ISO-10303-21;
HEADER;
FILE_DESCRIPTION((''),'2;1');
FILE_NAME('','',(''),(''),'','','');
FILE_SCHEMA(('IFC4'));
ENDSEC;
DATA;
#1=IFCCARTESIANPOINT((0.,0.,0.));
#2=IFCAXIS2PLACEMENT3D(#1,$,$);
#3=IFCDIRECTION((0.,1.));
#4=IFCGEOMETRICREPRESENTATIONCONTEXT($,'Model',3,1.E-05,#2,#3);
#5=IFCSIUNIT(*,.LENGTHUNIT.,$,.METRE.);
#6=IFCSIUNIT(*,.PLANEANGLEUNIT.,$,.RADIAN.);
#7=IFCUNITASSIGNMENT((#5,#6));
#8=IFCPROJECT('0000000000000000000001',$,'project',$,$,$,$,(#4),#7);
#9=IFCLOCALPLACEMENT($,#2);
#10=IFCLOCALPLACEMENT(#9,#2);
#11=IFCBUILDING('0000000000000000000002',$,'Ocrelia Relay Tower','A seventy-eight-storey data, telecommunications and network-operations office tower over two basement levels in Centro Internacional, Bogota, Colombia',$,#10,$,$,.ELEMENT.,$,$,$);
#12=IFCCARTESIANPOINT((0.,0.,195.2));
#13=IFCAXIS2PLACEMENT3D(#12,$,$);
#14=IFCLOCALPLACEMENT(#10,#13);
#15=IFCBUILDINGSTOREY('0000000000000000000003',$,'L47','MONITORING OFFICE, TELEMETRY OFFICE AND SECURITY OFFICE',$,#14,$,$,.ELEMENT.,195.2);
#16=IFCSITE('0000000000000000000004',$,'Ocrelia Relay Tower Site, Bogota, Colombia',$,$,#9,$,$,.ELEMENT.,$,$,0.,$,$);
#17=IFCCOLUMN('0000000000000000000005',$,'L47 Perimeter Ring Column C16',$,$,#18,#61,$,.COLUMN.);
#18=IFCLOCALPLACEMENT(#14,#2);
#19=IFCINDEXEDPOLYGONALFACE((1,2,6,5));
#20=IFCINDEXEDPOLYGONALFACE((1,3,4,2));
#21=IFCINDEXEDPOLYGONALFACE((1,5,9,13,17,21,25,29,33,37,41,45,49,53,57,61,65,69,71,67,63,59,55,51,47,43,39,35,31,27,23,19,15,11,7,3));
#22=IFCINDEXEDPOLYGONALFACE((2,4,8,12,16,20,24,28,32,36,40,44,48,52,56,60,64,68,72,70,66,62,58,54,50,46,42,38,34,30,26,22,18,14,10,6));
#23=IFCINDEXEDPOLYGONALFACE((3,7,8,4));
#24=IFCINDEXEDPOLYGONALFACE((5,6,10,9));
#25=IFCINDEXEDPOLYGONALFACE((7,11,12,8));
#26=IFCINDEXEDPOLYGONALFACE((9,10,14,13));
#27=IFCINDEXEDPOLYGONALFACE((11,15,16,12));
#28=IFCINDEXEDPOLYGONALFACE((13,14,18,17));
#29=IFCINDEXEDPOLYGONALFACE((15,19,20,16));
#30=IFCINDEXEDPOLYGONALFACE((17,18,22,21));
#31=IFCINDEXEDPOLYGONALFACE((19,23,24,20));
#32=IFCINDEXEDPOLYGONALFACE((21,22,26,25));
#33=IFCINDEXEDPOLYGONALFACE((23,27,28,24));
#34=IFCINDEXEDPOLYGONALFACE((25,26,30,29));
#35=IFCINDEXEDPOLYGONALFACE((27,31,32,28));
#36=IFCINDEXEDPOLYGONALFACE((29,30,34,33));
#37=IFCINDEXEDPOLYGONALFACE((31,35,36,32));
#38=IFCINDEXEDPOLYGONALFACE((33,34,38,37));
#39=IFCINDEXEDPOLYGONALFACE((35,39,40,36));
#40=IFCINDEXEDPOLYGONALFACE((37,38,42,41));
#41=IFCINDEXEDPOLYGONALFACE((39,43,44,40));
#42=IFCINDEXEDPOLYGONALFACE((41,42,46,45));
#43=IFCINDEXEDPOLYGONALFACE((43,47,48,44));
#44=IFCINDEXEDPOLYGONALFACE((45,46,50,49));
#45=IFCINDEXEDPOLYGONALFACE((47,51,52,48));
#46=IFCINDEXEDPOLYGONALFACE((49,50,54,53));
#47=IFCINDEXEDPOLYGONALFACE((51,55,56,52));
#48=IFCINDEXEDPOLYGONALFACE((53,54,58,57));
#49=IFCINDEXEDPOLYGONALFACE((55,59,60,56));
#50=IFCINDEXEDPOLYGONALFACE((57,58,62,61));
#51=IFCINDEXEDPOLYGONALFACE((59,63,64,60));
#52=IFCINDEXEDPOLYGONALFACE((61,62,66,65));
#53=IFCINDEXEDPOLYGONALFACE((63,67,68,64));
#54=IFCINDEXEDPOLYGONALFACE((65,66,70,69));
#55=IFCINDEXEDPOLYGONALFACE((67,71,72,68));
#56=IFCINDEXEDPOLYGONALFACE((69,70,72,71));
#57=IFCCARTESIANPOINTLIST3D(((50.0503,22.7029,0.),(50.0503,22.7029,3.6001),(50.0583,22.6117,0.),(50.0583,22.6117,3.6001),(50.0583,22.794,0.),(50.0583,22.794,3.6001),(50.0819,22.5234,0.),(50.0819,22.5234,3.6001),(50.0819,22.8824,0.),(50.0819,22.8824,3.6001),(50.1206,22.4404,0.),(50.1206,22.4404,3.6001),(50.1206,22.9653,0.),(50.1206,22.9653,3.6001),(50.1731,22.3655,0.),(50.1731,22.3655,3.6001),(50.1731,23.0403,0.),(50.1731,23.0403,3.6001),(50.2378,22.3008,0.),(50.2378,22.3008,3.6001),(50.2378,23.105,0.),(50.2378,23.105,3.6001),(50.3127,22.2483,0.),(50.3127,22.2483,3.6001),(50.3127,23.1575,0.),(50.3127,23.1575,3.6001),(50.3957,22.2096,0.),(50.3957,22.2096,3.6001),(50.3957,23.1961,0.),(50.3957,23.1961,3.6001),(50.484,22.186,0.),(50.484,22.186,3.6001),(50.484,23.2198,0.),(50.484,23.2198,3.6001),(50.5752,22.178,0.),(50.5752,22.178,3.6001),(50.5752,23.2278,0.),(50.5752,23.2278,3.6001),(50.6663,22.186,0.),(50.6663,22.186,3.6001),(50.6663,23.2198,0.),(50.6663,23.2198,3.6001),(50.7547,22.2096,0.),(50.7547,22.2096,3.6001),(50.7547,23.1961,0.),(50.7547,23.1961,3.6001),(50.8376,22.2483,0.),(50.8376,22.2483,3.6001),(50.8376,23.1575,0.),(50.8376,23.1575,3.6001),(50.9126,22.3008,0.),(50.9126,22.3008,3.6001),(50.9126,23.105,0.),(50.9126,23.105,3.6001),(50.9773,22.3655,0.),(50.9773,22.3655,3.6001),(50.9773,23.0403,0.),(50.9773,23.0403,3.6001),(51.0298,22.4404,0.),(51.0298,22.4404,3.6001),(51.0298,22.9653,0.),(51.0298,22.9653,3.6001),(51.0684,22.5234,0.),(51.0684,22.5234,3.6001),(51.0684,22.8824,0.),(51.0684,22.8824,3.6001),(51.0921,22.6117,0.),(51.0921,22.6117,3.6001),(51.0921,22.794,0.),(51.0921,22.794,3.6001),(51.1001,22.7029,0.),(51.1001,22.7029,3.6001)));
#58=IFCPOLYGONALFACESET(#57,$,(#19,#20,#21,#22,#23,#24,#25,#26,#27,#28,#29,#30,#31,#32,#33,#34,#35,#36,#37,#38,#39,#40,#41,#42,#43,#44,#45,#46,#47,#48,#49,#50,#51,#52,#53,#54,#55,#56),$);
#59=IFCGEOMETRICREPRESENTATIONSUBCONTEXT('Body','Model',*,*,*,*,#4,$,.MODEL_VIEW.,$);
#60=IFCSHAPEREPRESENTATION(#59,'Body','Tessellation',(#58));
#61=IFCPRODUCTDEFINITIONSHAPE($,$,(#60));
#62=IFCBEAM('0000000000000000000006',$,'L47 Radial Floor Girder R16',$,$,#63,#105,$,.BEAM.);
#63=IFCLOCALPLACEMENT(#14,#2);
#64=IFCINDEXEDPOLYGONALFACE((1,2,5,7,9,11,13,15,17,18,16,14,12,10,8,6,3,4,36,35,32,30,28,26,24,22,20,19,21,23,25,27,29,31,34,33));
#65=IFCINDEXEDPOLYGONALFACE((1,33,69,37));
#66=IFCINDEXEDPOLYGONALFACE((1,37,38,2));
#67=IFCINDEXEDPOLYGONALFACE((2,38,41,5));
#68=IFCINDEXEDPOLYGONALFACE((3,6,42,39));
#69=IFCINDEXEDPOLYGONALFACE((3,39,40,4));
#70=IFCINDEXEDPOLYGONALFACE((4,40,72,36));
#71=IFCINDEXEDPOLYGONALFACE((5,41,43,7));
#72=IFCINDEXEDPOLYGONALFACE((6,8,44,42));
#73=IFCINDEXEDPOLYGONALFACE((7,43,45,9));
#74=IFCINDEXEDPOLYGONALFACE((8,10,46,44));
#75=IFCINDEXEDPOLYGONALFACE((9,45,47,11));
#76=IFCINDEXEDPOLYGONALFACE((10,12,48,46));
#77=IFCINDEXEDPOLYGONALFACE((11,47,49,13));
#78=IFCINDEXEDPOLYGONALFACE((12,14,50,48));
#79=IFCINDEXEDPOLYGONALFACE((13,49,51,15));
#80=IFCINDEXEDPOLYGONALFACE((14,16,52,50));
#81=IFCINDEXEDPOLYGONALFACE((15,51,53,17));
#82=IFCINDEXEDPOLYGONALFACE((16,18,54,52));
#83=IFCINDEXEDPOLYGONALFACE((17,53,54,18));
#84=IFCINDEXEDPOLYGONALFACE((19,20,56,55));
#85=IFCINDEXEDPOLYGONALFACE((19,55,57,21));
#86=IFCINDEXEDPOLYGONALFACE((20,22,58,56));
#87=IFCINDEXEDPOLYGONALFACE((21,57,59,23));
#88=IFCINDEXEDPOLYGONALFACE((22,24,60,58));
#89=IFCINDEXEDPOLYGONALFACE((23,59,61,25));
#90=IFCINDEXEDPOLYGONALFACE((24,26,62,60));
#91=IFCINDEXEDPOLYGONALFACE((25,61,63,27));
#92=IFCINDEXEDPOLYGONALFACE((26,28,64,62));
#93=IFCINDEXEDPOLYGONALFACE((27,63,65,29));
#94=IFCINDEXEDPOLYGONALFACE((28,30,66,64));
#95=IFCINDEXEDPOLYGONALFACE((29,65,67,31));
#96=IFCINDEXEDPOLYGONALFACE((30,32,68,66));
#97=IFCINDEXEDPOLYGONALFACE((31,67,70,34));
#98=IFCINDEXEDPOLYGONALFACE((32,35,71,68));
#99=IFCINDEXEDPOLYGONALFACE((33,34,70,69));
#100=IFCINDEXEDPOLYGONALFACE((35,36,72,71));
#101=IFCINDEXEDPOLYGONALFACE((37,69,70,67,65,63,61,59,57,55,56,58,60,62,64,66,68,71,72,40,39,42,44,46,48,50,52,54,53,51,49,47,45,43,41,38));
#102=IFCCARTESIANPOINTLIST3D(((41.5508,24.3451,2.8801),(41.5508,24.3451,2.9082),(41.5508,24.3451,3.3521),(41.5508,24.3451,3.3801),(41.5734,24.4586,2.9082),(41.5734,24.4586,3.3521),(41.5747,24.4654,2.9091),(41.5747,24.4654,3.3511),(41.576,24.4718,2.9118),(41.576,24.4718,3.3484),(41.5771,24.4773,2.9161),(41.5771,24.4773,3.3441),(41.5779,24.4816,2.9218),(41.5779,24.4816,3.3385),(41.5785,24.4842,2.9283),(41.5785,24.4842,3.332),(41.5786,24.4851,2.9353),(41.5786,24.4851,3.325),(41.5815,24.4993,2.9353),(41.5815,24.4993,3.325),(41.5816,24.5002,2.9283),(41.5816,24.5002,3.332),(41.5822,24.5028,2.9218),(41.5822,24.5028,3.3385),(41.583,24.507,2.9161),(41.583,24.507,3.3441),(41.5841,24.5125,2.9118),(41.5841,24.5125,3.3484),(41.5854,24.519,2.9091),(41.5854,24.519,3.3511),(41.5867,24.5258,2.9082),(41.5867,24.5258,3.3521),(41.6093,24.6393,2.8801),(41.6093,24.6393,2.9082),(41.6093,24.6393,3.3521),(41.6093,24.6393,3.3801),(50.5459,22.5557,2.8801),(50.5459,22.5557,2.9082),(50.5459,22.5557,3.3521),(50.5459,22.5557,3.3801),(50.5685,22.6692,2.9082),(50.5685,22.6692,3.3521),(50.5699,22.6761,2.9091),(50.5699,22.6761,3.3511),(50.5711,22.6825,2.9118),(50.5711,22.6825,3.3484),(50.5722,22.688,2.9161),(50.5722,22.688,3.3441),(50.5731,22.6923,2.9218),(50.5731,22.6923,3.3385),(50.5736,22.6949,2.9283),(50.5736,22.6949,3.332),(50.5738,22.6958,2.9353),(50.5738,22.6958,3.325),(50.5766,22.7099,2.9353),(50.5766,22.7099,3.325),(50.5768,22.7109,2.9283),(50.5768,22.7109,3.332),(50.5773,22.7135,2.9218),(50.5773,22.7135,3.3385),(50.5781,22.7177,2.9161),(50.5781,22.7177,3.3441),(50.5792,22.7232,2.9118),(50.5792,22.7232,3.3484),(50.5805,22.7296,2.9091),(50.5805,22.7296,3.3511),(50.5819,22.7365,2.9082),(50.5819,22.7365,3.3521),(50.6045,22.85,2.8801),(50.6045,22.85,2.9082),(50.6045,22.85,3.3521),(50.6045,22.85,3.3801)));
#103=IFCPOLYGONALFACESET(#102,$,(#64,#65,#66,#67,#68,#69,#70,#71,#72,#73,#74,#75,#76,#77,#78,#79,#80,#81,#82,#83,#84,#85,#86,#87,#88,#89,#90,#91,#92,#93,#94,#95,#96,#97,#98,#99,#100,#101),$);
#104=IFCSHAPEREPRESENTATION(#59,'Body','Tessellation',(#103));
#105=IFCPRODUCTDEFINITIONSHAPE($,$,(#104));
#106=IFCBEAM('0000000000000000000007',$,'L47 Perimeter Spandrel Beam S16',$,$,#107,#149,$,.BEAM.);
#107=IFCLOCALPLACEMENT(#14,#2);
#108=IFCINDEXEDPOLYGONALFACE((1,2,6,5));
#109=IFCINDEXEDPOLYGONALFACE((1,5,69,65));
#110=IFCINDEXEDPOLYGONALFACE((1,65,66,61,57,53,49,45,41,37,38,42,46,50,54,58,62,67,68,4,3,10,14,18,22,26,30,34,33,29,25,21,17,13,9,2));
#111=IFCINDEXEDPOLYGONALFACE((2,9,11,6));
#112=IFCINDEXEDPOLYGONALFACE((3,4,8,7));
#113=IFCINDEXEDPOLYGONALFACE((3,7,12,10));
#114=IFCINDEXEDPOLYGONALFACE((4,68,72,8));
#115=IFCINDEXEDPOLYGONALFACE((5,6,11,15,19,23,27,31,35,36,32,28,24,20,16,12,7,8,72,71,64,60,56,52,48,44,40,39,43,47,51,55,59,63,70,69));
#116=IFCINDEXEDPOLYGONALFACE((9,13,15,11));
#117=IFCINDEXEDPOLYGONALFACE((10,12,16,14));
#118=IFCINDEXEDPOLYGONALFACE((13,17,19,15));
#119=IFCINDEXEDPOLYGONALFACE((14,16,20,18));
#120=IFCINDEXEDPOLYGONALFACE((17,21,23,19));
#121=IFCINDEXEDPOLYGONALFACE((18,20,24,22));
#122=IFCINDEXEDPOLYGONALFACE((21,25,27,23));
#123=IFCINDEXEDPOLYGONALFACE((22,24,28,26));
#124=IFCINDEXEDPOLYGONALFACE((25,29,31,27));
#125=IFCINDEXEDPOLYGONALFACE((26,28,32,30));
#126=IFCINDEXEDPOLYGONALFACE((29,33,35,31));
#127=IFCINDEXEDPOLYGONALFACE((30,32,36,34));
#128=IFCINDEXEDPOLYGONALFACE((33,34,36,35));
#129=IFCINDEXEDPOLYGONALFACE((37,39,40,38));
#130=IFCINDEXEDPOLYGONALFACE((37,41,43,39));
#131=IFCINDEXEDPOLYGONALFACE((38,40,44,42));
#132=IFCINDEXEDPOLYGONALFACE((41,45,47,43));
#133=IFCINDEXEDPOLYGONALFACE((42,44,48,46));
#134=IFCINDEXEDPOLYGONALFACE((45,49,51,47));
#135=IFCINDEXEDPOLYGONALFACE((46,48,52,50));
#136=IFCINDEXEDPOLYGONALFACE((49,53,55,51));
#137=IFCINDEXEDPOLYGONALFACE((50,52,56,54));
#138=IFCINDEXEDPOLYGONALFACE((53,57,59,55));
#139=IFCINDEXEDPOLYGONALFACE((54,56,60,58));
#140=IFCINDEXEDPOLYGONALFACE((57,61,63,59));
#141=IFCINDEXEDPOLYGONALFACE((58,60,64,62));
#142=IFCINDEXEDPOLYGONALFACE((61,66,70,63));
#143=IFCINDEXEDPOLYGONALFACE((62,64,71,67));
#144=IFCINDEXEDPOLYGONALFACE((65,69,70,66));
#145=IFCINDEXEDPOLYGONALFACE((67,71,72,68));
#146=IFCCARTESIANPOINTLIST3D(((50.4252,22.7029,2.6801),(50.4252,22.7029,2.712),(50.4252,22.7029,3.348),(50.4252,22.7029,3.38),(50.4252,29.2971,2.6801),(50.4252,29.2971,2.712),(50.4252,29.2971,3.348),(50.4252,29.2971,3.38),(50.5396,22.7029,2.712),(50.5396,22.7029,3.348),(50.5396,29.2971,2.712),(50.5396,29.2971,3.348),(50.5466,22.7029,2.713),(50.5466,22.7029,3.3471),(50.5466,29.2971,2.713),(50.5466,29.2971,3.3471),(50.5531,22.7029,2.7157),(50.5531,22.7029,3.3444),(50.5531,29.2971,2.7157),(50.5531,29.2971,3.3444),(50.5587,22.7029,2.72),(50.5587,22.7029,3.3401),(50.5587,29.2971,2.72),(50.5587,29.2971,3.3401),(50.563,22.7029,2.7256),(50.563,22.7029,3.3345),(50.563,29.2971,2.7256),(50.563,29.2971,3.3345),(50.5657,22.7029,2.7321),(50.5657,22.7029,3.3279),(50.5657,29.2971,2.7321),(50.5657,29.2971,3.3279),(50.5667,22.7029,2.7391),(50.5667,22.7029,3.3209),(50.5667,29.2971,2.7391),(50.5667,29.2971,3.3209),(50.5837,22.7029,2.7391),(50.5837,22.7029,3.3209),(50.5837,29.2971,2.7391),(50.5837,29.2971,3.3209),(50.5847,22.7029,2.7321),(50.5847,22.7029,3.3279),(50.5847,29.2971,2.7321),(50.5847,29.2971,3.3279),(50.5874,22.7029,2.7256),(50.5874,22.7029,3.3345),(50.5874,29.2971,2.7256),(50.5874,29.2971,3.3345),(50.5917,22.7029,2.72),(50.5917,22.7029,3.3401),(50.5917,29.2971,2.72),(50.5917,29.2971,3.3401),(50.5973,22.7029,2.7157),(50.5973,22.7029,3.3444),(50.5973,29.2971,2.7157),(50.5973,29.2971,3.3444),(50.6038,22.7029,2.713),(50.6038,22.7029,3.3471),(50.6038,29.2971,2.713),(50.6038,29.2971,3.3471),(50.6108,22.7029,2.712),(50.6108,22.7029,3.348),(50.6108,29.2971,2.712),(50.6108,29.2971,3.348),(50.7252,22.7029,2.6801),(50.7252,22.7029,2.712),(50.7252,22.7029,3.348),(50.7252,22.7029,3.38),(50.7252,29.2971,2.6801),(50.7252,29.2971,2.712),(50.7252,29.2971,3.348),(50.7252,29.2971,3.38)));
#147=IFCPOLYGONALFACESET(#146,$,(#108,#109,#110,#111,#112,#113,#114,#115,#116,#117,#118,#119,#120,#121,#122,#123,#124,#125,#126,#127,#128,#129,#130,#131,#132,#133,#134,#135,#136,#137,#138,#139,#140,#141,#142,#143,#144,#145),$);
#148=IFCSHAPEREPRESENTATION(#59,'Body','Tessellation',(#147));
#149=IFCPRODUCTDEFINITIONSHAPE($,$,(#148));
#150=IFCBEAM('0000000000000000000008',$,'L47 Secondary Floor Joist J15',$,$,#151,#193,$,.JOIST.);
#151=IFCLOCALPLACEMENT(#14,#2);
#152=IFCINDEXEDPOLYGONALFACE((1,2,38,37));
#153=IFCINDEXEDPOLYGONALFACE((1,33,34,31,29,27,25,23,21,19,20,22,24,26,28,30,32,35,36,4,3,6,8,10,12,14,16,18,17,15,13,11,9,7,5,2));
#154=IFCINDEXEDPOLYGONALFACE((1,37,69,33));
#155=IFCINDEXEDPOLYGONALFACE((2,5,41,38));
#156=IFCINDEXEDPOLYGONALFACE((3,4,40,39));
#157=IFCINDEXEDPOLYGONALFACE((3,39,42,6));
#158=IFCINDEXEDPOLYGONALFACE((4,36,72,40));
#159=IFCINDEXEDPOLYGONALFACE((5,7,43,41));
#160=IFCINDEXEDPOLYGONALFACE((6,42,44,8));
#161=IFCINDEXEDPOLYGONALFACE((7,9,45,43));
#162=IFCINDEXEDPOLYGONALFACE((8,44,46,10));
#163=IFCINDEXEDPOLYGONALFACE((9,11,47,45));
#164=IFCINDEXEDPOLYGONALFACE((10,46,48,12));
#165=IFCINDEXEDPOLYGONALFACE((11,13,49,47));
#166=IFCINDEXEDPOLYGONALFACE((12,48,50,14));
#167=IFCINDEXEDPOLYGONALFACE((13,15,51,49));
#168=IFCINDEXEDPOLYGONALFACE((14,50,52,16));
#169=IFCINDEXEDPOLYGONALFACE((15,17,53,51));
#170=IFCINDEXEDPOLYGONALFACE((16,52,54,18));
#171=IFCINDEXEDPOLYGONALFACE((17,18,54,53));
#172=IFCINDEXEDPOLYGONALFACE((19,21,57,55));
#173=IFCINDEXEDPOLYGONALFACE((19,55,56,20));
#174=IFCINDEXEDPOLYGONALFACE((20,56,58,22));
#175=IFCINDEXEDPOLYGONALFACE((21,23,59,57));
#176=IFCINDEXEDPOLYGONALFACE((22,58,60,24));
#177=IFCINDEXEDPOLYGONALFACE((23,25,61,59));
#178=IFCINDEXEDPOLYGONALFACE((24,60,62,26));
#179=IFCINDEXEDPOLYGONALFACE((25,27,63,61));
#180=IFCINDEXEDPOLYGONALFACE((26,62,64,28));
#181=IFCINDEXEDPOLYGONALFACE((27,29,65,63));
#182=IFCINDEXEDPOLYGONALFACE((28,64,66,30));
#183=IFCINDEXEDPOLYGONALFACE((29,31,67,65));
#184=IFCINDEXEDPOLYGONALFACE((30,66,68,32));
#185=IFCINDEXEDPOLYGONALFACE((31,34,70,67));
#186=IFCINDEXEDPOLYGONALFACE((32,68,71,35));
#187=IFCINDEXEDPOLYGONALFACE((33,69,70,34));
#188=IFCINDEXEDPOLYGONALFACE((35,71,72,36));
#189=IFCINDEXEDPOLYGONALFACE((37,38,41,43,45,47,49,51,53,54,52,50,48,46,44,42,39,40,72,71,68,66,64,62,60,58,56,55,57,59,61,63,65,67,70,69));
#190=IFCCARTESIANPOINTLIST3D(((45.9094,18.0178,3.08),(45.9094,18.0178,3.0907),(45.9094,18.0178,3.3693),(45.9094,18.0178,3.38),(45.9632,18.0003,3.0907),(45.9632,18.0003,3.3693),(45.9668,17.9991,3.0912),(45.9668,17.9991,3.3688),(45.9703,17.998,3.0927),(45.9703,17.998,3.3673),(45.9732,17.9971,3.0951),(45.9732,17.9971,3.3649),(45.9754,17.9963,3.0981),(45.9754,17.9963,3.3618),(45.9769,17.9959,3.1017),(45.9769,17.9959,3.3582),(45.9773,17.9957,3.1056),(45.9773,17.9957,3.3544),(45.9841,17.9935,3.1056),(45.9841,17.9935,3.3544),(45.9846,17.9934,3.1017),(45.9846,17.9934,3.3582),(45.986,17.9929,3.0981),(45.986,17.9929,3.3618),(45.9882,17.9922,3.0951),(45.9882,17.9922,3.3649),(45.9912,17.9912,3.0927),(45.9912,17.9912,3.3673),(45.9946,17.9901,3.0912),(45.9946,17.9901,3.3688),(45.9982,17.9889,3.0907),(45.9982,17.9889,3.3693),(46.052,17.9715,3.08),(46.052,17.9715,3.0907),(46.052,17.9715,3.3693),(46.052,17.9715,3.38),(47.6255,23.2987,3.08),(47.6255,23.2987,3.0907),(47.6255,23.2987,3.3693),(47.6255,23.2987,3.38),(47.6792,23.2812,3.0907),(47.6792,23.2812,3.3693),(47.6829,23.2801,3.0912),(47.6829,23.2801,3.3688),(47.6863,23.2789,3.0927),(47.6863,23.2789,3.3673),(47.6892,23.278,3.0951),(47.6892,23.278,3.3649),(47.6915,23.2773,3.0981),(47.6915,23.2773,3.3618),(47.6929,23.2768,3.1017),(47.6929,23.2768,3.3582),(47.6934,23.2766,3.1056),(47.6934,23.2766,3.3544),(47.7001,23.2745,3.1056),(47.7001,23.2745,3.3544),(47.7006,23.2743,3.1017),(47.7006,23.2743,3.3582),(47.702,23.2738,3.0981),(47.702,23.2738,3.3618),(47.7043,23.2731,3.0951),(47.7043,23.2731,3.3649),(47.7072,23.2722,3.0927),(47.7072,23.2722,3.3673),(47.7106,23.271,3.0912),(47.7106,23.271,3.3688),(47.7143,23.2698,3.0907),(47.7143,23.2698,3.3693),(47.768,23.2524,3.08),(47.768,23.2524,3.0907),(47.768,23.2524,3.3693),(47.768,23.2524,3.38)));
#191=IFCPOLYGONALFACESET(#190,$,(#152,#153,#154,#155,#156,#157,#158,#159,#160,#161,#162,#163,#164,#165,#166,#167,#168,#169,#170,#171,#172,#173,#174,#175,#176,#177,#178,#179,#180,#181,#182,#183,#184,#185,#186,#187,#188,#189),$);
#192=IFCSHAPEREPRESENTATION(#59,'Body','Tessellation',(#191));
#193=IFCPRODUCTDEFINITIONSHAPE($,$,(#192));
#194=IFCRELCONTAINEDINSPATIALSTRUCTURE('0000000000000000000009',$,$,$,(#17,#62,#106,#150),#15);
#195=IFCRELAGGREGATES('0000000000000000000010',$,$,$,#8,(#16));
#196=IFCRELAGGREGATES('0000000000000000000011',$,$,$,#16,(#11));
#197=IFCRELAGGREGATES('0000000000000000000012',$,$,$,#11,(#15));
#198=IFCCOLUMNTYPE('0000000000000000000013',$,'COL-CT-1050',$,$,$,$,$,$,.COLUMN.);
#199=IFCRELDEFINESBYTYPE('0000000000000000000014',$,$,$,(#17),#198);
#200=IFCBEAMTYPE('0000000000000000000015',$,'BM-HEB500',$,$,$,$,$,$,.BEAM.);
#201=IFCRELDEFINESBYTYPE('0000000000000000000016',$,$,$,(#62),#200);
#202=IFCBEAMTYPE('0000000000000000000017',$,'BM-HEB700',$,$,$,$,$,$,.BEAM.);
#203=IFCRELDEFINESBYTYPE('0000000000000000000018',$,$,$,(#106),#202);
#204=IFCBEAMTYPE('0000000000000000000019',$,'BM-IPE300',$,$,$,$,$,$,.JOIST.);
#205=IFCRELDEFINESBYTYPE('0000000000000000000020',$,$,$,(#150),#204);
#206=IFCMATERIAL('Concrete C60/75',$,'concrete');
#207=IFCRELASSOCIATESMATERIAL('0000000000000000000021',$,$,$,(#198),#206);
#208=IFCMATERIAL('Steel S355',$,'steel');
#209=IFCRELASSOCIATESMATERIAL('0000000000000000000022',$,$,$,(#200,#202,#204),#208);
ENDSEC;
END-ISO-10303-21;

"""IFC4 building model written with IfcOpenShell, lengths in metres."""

from ifc_helpers import new_model, si_unit, direction, frame, origin, origin_2d, place, context, subcontext, project, spatial, circle, i_section, extrude, material, material_profile, profile_set, type_object, element, save


model = new_model("IFC4")

# Units and contexts
model_context = context("Model", 3, precision=1e-05, world=origin(), true_north=direction((0.0, 1.0)))
body_context = subcontext(model_context, "Body", "Model", "MODEL_VIEW")
ifc_project = project(units=[si_unit("LENGTHUNIT", "METRE"), si_unit("PLANEANGLEUNIT", "RADIAN")], contexts=[model_context])

# Site, building, storey
site_placement = place(None, origin())
site = spatial("IfcSite", under=ifc_project, at=site_placement, Name="Ocrelia Relay Tower Site, Bogota, Colombia", CompositionType="ELEMENT", RefElevation=0.0)
building_placement = place(site_placement, origin())
building = spatial("IfcBuilding", under=site, at=building_placement, Name="Ocrelia Relay Tower", Description="A seventy-eight-storey data, telecommunications and network-operations office tower over two basement levels in Centro Internacional, Bogota, Colombia", CompositionType="ELEMENT")
storey_placement = place(building_placement, frame((0.0, 0.0, 195.2)))
storey = spatial("IfcBuildingStorey", under=building, at=storey_placement, Name="L47", Description="MONITORING OFFICE, TELEMETRY OFFICE AND SECURITY OFFICE", CompositionType="ELEMENT", Elevation=195.2)

# Column
ifc_material_1 = material(Name="Concrete C60/75", Category="concrete")
ifc_material_profile_1 = material_profile(ifc_material_1, circle(Radius=0.5249, at=origin_2d()), Name="RC-CIR-1050")
ifc_profile_set_1 = profile_set([ifc_material_profile_1], Name="Concrete C60/75")
column_type = type_object("IfcColumnType", Name="COL-CT-1050", PredefinedType="COLUMN", material=ifc_profile_set_1)
column_placement = place(storey_placement, frame((50.5752, 22.7029, 0.0), z_axis=(0.0, 0.0, 1.0), x_axis=(1.0, 0.0, 0.0)))
element("IfcColumn", 1, at=column_placement, inside=storey, type_object=column_type, Name="L47 Perimeter Ring Column C16", PredefinedType="COLUMN", context=body_context, shape_type="SweptSolid", body=[
    extrude(circle(Radius=0.5249, at=origin_2d()), origin(), (0.0, 0.0, 1.0), 3.6001),
])

# Beams
ifc_material_2 = material(Name="Steel S355", Category="steel")
ifc_material_profile_2 = material_profile(ifc_material_2, i_section(OverallWidth=0.3, OverallDepth=0.5, WebThickness=0.0144, FlangeThickness=0.0281, FilletRadius=0.0271, at=origin_2d()), Name="HEB 500")
ifc_profile_set_2 = profile_set([ifc_material_profile_2], Name="Steel S355")
beam_type_1 = type_object("IfcBeamType", Name="BM-HEB500", PredefinedType="BEAM", material=ifc_profile_set_2)
beam_1_placement = place(storey_placement, frame((50.5752, 22.7029, 3.1301), z_axis=(-0.980784, 0.195097, 0.0), x_axis=(-0.195097, -0.980784, 0.0)))
element("IfcBeam", 2, at=beam_1_placement, inside=storey, type_object=beam_type_1, Name="L47 Radial Floor Girder R16", PredefinedType="BEAM", context=body_context, shape_type="SweptSolid", body=[
    extrude(i_section(OverallWidth=0.3, OverallDepth=0.5, WebThickness=0.0144, FlangeThickness=0.0281, FilletRadius=0.0271, at=origin_2d()), origin(), (0.0, 0.0, 1.0), 9.1714),
])
ifc_material_profile_3 = material_profile(ifc_material_2, i_section(OverallWidth=0.3, OverallDepth=0.7, WebThickness=0.0171, FlangeThickness=0.032, FilletRadius=0.0271, at=origin_2d()), Name="HEB 700")
ifc_profile_set_3 = profile_set([ifc_material_profile_3], Name="Steel S355")
beam_type_2 = type_object("IfcBeamType", Name="BM-HEB700", PredefinedType="BEAM", material=ifc_profile_set_3)
beam_2_placement = place(storey_placement, frame((50.5752, 22.7029, 3.03), z_axis=(0.0, 1.0, 0.0), x_axis=(-1.0, 0.0, 0.0)))
element("IfcBeam", 3, at=beam_2_placement, inside=storey, type_object=beam_type_2, Name="L47 Perimeter Spandrel Beam S16", PredefinedType="BEAM", context=body_context, shape_type="SweptSolid", body=[
    extrude(i_section(OverallWidth=0.3, OverallDepth=0.7, WebThickness=0.0171, FlangeThickness=0.032, FilletRadius=0.0271, at=origin_2d()), origin(), (0.0, 0.0, 1.0), 6.5942),
])
ifc_material_profile_4 = material_profile(ifc_material_2, i_section(OverallWidth=0.1499, OverallDepth=0.3, WebThickness=0.0071, FlangeThickness=0.0107, FilletRadius=0.0149, at=origin_2d()), Name="IPE 300")
ifc_profile_set_4 = profile_set([ifc_material_profile_4], Name="Steel S355")
beam_type_3 = type_object("IfcBeamType", Name="BM-IPE300", PredefinedType="JOIST", material=ifc_profile_set_4)
beam_3_placement = place(storey_placement, frame((45.9807, 17.9946, 3.23), z_axis=(0.309043, 0.951048, 0.0), x_axis=(-0.951048, 0.309043, 0.0)))
element("IfcBeam", 4, at=beam_3_placement, inside=storey, type_object=beam_type_3, Name="L47 Secondary Floor Joist J15", PredefinedType="JOIST", context=body_context, shape_type="SweptSolid", body=[
    extrude(i_section(OverallWidth=0.1499, OverallDepth=0.3, WebThickness=0.0071, FlangeThickness=0.0107, FilletRadius=0.0149, at=origin_2d()), origin(), (0.0, 0.0, 1.0), 5.5527),
])

save(model, "model.ifc")
